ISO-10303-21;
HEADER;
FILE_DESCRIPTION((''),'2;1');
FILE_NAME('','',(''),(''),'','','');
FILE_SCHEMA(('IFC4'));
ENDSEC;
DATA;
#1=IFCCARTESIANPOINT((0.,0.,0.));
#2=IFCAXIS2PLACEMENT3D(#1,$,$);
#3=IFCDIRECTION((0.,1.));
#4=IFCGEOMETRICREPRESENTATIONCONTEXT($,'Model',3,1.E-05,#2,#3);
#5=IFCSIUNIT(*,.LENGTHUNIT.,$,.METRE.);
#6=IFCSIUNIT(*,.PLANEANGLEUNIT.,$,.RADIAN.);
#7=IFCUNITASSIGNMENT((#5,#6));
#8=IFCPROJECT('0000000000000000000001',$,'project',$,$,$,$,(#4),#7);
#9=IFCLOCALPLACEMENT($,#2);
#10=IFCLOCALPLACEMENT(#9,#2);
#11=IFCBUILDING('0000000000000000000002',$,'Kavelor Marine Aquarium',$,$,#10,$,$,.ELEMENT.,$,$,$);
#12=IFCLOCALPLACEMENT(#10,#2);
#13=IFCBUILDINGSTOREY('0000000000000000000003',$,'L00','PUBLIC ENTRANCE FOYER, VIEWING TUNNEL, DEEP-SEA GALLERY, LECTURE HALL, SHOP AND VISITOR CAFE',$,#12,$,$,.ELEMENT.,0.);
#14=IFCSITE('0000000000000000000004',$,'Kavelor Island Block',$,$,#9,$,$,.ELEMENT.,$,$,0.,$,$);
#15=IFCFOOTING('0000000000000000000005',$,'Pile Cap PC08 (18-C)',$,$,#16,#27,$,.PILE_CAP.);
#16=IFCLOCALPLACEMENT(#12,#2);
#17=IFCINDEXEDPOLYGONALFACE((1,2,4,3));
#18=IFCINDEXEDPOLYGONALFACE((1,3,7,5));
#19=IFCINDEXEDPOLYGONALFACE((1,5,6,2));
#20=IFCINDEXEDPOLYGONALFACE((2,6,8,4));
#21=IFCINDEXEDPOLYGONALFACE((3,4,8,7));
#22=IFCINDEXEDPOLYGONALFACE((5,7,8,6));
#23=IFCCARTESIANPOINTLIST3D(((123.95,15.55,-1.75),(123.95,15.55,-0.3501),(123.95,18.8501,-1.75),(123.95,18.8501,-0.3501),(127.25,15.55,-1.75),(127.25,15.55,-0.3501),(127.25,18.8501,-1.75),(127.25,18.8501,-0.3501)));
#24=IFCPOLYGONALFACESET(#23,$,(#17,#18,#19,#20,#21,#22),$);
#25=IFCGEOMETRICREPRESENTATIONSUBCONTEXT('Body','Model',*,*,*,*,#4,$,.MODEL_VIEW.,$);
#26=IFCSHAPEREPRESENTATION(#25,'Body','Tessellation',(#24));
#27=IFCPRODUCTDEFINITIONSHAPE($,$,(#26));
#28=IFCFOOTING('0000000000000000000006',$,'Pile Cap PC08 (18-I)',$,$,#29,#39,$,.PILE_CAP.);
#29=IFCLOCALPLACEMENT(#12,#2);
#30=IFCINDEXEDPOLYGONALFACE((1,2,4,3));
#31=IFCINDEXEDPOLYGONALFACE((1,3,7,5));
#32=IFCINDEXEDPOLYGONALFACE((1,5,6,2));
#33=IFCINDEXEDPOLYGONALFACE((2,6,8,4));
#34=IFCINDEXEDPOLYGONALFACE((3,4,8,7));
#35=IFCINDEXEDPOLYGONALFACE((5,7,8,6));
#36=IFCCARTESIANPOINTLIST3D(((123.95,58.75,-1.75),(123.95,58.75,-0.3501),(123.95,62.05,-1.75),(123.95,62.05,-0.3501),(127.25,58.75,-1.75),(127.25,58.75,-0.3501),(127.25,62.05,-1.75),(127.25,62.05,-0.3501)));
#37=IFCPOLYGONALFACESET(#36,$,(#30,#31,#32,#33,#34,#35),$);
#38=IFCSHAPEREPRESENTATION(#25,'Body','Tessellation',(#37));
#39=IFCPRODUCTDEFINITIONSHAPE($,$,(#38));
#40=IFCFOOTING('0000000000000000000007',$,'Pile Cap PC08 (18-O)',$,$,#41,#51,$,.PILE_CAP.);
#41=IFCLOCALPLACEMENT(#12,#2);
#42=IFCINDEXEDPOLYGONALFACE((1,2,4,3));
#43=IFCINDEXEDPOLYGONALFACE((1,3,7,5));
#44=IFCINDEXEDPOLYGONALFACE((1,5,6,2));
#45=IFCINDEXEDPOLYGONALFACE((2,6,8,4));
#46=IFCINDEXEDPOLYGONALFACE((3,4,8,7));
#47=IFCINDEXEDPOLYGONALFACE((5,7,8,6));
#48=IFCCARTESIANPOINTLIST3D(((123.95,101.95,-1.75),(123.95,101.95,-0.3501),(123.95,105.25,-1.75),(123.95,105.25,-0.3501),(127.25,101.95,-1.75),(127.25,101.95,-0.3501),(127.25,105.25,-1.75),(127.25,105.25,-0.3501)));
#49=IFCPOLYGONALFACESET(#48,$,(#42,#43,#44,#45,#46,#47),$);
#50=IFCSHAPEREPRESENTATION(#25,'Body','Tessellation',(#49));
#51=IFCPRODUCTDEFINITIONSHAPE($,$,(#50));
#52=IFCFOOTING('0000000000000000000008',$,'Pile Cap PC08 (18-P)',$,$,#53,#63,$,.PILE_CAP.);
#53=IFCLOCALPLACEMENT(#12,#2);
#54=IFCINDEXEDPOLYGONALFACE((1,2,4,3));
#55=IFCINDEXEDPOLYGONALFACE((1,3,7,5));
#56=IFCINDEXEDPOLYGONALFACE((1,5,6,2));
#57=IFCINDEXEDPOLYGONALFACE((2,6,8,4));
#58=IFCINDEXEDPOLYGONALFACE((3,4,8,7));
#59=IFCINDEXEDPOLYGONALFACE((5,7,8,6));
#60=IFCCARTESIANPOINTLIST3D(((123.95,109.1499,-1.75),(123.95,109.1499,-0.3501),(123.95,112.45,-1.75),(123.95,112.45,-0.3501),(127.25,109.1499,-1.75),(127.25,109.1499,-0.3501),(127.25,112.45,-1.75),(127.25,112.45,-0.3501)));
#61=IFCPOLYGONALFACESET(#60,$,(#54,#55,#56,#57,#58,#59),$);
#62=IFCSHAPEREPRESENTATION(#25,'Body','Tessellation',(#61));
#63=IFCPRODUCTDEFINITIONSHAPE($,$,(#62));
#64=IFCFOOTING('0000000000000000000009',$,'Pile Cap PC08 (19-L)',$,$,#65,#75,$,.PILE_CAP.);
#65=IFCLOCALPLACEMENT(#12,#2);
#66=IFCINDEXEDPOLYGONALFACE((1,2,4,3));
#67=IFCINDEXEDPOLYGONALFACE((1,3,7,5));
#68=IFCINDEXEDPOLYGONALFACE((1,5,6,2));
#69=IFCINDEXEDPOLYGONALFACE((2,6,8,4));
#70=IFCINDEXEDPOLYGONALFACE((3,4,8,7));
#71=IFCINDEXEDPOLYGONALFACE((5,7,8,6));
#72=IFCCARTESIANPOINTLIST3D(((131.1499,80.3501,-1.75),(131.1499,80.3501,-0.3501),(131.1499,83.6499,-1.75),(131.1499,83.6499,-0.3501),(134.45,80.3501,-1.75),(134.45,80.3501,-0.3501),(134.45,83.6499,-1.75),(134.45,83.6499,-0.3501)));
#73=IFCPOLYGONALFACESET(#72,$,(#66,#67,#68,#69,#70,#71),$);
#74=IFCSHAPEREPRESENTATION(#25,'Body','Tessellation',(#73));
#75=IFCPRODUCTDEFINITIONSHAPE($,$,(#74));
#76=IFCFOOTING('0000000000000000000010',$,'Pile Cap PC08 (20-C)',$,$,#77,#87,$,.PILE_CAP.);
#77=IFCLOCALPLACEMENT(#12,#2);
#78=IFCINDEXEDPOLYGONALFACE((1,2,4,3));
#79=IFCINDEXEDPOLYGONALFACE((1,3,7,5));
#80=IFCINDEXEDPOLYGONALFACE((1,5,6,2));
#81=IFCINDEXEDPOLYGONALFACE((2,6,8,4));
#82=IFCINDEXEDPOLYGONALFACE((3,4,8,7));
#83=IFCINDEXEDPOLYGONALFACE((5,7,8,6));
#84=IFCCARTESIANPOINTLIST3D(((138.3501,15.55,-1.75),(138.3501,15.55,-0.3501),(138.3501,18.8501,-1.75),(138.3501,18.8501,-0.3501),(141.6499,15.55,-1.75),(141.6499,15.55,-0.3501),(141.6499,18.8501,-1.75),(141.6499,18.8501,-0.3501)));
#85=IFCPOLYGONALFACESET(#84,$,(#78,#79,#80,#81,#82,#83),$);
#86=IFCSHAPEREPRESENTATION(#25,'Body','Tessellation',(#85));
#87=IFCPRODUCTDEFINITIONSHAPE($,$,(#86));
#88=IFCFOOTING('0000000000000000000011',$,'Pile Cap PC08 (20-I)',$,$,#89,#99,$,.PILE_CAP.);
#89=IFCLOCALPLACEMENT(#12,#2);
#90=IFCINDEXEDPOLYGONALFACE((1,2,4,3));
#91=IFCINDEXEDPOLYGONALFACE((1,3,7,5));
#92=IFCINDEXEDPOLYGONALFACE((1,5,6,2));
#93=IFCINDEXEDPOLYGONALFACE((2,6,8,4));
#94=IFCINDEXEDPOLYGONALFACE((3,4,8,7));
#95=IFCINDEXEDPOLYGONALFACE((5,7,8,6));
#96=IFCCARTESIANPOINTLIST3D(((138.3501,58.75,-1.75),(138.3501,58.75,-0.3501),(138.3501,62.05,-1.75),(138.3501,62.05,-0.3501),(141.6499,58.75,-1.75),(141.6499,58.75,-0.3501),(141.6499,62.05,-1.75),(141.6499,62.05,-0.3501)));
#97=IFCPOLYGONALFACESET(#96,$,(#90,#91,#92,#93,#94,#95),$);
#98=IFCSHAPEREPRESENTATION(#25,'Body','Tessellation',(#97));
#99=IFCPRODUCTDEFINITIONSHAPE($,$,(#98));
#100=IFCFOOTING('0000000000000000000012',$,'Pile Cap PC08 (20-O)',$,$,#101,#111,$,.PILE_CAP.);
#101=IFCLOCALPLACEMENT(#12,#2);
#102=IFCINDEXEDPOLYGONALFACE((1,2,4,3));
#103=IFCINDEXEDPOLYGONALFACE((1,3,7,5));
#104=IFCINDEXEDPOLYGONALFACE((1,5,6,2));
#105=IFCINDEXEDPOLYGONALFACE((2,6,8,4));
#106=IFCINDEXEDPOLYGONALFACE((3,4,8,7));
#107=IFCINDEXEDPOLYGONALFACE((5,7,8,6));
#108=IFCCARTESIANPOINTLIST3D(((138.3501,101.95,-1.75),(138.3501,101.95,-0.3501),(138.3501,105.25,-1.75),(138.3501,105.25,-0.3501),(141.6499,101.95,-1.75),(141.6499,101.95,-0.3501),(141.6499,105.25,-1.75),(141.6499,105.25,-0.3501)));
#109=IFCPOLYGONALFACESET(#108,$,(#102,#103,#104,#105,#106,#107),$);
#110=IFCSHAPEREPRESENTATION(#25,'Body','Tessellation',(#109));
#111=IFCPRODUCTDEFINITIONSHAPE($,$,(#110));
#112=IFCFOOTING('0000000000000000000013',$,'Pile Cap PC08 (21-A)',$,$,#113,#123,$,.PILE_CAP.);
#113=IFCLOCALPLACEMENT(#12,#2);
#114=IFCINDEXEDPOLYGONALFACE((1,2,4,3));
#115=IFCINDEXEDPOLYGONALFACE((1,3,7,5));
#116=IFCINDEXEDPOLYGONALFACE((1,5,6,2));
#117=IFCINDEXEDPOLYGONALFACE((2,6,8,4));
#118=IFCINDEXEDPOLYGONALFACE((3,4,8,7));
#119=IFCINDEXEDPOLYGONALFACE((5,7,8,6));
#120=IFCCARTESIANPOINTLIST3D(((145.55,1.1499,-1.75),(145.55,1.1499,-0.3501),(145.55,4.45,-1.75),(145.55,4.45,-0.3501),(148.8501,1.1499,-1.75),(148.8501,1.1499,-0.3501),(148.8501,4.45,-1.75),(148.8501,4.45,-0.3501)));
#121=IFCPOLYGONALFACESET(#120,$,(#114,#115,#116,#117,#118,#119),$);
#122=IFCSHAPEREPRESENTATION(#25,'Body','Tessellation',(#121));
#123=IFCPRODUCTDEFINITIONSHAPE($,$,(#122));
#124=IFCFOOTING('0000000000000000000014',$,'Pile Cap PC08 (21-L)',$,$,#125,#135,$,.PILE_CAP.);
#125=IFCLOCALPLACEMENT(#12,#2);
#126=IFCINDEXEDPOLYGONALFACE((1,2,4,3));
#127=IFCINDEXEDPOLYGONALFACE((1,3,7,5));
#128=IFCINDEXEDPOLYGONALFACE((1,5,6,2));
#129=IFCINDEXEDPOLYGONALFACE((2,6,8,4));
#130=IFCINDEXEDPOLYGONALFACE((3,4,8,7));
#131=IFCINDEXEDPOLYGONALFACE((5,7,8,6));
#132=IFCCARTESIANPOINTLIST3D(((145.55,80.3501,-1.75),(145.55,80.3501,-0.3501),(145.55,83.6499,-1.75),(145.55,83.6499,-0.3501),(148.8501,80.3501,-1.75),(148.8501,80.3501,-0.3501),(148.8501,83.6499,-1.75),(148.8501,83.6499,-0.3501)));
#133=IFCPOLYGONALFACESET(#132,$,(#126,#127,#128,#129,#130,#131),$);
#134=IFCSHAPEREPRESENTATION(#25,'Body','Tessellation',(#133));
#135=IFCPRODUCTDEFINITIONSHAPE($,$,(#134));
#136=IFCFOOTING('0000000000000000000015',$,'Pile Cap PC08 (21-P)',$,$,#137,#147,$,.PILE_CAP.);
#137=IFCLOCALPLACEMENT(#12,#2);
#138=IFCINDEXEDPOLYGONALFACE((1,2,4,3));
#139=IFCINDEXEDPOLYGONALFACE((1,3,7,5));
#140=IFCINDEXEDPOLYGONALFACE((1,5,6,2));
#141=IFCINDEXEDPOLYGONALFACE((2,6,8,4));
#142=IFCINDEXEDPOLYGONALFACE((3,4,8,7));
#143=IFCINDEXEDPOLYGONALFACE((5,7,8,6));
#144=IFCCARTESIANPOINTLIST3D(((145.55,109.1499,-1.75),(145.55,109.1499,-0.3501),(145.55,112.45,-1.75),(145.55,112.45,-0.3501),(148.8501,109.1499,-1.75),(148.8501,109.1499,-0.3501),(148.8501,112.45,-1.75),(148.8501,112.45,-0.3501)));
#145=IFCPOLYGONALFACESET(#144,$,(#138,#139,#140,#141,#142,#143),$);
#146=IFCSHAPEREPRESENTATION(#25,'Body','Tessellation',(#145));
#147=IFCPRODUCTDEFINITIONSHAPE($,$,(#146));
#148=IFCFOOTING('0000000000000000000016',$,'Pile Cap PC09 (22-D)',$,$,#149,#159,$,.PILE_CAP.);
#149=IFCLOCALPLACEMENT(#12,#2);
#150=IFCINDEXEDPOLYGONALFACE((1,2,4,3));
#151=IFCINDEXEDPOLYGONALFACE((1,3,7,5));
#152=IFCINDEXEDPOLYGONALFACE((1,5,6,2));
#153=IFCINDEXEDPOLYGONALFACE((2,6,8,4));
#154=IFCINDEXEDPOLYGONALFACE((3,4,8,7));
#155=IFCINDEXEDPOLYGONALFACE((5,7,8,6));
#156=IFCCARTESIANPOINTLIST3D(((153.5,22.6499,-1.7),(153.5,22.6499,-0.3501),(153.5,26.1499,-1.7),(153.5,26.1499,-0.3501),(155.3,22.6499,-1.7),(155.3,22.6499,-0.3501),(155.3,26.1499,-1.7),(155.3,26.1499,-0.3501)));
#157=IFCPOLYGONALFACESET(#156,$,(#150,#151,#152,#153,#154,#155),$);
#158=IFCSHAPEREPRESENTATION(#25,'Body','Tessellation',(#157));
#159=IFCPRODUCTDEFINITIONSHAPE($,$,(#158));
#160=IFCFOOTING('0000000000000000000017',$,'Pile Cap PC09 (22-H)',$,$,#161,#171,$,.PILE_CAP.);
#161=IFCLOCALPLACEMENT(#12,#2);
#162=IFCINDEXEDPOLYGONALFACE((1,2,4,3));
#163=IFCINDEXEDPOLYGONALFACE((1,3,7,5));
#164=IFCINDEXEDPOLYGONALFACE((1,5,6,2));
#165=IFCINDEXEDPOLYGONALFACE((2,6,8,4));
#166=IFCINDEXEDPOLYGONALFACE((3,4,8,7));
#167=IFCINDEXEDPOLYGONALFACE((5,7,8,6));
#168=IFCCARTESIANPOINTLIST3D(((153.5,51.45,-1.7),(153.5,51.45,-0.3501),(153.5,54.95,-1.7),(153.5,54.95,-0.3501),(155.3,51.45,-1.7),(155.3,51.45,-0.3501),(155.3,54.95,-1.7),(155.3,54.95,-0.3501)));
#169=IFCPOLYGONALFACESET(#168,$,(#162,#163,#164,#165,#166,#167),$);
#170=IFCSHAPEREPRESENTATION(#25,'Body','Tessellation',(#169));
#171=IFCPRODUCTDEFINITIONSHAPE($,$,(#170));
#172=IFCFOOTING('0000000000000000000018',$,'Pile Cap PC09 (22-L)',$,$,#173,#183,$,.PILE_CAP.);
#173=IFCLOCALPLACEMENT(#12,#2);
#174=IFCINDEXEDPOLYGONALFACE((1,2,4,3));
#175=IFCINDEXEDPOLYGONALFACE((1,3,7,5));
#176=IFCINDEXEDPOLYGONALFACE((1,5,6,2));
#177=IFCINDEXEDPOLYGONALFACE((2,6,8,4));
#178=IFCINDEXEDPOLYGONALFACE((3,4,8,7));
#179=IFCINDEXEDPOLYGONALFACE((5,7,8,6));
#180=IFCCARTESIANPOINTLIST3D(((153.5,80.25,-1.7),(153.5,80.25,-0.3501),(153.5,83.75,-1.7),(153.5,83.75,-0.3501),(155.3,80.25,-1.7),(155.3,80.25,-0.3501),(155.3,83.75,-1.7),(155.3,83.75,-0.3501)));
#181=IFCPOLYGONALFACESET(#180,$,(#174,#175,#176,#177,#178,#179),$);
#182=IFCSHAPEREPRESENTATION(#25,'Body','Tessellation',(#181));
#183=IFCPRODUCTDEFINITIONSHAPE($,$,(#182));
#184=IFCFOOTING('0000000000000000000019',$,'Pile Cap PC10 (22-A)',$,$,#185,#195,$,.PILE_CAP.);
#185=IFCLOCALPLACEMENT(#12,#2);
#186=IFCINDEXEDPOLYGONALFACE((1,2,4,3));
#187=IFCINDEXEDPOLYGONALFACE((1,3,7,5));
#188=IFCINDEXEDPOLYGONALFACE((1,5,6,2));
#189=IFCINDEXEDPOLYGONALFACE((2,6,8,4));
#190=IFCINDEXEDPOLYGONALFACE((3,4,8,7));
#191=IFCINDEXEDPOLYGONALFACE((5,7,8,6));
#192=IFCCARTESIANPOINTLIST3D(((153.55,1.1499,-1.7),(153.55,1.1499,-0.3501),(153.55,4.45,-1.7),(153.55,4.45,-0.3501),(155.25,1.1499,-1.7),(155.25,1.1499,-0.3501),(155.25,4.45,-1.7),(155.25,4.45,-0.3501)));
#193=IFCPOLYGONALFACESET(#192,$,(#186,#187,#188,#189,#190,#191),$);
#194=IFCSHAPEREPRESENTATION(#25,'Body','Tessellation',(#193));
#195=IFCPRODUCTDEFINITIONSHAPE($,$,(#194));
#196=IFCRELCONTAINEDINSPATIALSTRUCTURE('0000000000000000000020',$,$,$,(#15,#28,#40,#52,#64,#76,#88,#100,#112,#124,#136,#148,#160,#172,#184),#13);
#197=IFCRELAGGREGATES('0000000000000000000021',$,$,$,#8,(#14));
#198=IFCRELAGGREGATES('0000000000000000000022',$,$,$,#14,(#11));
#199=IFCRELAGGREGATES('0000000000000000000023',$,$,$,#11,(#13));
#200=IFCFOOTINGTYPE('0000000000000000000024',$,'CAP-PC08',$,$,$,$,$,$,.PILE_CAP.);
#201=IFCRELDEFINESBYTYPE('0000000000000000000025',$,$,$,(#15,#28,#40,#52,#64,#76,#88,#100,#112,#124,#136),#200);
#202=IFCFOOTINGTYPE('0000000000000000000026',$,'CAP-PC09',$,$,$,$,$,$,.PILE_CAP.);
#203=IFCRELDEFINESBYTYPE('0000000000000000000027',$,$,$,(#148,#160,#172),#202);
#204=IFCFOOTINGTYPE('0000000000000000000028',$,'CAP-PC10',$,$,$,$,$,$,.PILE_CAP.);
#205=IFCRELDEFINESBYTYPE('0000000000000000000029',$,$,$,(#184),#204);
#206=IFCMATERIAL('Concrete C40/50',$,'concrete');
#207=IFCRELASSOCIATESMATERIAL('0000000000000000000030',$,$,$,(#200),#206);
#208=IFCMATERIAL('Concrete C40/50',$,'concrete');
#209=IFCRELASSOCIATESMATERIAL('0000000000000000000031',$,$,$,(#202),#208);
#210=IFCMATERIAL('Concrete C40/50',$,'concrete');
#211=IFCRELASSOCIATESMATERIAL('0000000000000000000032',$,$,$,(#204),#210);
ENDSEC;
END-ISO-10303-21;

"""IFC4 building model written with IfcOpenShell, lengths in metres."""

from ifc_helpers import new_model, si_unit, direction, frame, origin, place, context, subcontext, project, spatial, polyline, outline, extrude, material, type_object, element, save


model = new_model("IFC4")

# Units and contexts
model_context = context("Model", 3, precision=1e-05, world=origin(), true_north=direction((0.0, 1.0)))
body_context = subcontext(model_context, "Body", "Model", "MODEL_VIEW")
ifc_project = project(units=[si_unit("LENGTHUNIT", "METRE"), si_unit("PLANEANGLEUNIT", "RADIAN")], contexts=[model_context])

# Site, building, storey
site_placement = place(None, origin())
site = spatial("IfcSite", under=ifc_project, at=site_placement, Name="Kavelor Island Block", CompositionType="ELEMENT", RefElevation=0.0)
building_placement = place(site_placement, origin())
building = spatial("IfcBuilding", under=site, at=building_placement, Name="Kavelor Marine Aquarium", CompositionType="ELEMENT")
storey_placement = place(building_placement, origin())
storey = spatial("IfcBuildingStorey", under=building, at=storey_placement, Name="L00", Description="PUBLIC ENTRANCE FOYER, VIEWING TUNNEL, DEEP-SEA GALLERY, LECTURE HALL, SHOP AND VISITOR CAFE", CompositionType="ELEMENT", Elevation=0.0)

# Footings
ifc_material_1 = material(Name="Concrete C40/50", Category="concrete")
footing_type_1 = type_object("IfcFootingType", Name="CAP-PC08", PredefinedType="PILE_CAP", material=ifc_material_1)
footing_1_placement = place(storey_placement, frame((0.0, 0.0, -1.75)))
element("IfcFooting", 1, at=footing_1_placement, inside=storey, type_object=footing_type_1, Name="Pile Cap PC08 (18-C)", PredefinedType="PILE_CAP", context=body_context, shape_type="SweptSolid", body=[
    extrude(outline(polyline([(123.95, 15.55), (127.25, 15.55), (127.25, 18.8501), (123.95, 18.8501), (123.95, 15.55)])), origin(), (0.0, 0.0, 1.0), 1.3999),
])
footing_2_placement = place(storey_placement, frame((0.0, 0.0, -1.75)))
element("IfcFooting", 2, at=footing_2_placement, inside=storey, type_object=footing_type_1, Name="Pile Cap PC08 (18-I)", PredefinedType="PILE_CAP", context=body_context, shape_type="SweptSolid", body=[
    extrude(outline(polyline([(123.95, 58.75), (127.25, 58.75), (127.25, 62.05), (123.95, 62.05), (123.95, 58.75)])), origin(), (0.0, 0.0, 1.0), 1.3999),
])
footing_3_placement = place(storey_placement, frame((0.0, 0.0, -1.75)))
element("IfcFooting", 3, at=footing_3_placement, inside=storey, type_object=footing_type_1, Name="Pile Cap PC08 (18-O)", PredefinedType="PILE_CAP", context=body_context, shape_type="SweptSolid", body=[
    extrude(outline(polyline([(123.95, 101.95), (127.25, 101.95), (127.25, 105.25), (123.95, 105.25), (123.95, 101.95)])), origin(), (0.0, 0.0, 1.0), 1.3999),
])
footing_4_placement = place(storey_placement, frame((0.0, 0.0, -1.75)))
element("IfcFooting", 4, at=footing_4_placement, inside=storey, type_object=footing_type_1, Name="Pile Cap PC08 (18-P)", PredefinedType="PILE_CAP", context=body_context, shape_type="SweptSolid", body=[
    extrude(outline(polyline([(123.95, 109.1499), (127.25, 109.1499), (127.25, 112.45), (123.95, 112.45), (123.95, 109.1499)])), origin(), (0.0, 0.0, 1.0), 1.3999),
])
footing_5_placement = place(storey_placement, frame((0.0, 0.0, -1.75)))
element("IfcFooting", 5, at=footing_5_placement, inside=storey, type_object=footing_type_1, Name="Pile Cap PC08 (19-L)", PredefinedType="PILE_CAP", context=body_context, shape_type="SweptSolid", body=[
    extrude(outline(polyline([(131.1499, 80.3501), (134.45, 80.3501), (134.45, 83.6499), (131.1499, 83.6499), (131.1499, 80.3501)])), origin(), (0.0, 0.0, 1.0), 1.3999),
])
footing_6_placement = place(storey_placement, frame((0.0, 0.0, -1.75)))
element("IfcFooting", 6, at=footing_6_placement, inside=storey, type_object=footing_type_1, Name="Pile Cap PC08 (20-C)", PredefinedType="PILE_CAP", context=body_context, shape_type="SweptSolid", body=[
    extrude(outline(polyline([(138.3501, 15.55), (141.6499, 15.55), (141.6499, 18.8501), (138.3501, 18.8501), (138.3501, 15.55)])), origin(), (0.0, 0.0, 1.0), 1.3999),
])
footing_7_placement = place(storey_placement, frame((0.0, 0.0, -1.75)))
element("IfcFooting", 7, at=footing_7_placement, inside=storey, type_object=footing_type_1, Name="Pile Cap PC08 (20-I)", PredefinedType="PILE_CAP", context=body_context, shape_type="SweptSolid", body=[
    extrude(outline(polyline([(138.3501, 58.75), (141.6499, 58.75), (141.6499, 62.05), (138.3501, 62.05), (138.3501, 58.75)])), origin(), (0.0, 0.0, 1.0), 1.3999),
])
footing_8_placement = place(storey_placement, frame((0.0, 0.0, -1.75)))
element("IfcFooting", 8, at=footing_8_placement, inside=storey, type_object=footing_type_1, Name="Pile Cap PC08 (20-O)", PredefinedType="PILE_CAP", context=body_context, shape_type="SweptSolid", body=[
    extrude(outline(polyline([(138.3501, 101.95), (141.6499, 101.95), (141.6499, 105.25), (138.3501, 105.25), (138.3501, 101.95)])), origin(), (0.0, 0.0, 1.0), 1.3999),
])
footing_9_placement = place(storey_placement, frame((0.0, 0.0, -1.75)))
element("IfcFooting", 9, at=footing_9_placement, inside=storey, type_object=footing_type_1, Name="Pile Cap PC08 (21-A)", PredefinedType="PILE_CAP", context=body_context, shape_type="SweptSolid", body=[
    extrude(outline(polyline([(145.55, 1.1499), (148.8501, 1.1499), (148.8501, 4.45), (145.55, 4.45), (145.55, 1.1499)])), origin(), (0.0, 0.0, 1.0), 1.3999),
])
footing_10_placement = place(storey_placement, frame((0.0, 0.0, -1.75)))
element("IfcFooting", 10, at=footing_10_placement, inside=storey, type_object=footing_type_1, Name="Pile Cap PC08 (21-L)", PredefinedType="PILE_CAP", context=body_context, shape_type="SweptSolid", body=[
    extrude(outline(polyline([(145.55, 80.3501), (148.8501, 80.3501), (148.8501, 83.6499), (145.55, 83.6499), (145.55, 80.3501)])), origin(), (0.0, 0.0, 1.0), 1.3999),
])
footing_11_placement = place(storey_placement, frame((0.0, 0.0, -1.75)))
element("IfcFooting", 11, at=footing_11_placement, inside=storey, type_object=footing_type_1, Name="Pile Cap PC08 (21-P)", PredefinedType="PILE_CAP", context=body_context, shape_type="SweptSolid", body=[
    extrude(outline(polyline([(145.55, 109.1499), (148.8501, 109.1499), (148.8501, 112.45), (145.55, 112.45), (145.55, 109.1499)])), origin(), (0.0, 0.0, 1.0), 1.3999),
])
ifc_material_2 = material(Name="Concrete C40/50", Category="concrete")
footing_type_2 = type_object("IfcFootingType", Name="CAP-PC09", PredefinedType="PILE_CAP", material=ifc_material_2)
footing_12_placement = place(storey_placement, frame((0.0, 0.0, -1.7)))
element("IfcFooting", 12, at=footing_12_placement, inside=storey, type_object=footing_type_2, Name="Pile Cap PC09 (22-D)", PredefinedType="PILE_CAP", context=body_context, shape_type="SweptSolid", body=[
    extrude(outline(polyline([(153.5, 22.6499), (155.3, 22.6499), (155.3, 26.1499), (153.5, 26.1499), (153.5, 22.6499)])), origin(), (0.0, 0.0, 1.0), 1.3499),
])
footing_13_placement = place(storey_placement, frame((0.0, 0.0, -1.7)))
element("IfcFooting", 13, at=footing_13_placement, inside=storey, type_object=footing_type_2, Name="Pile Cap PC09 (22-H)", PredefinedType="PILE_CAP", context=body_context, shape_type="SweptSolid", body=[
    extrude(outline(polyline([(153.5, 51.45), (155.3, 51.45), (155.3, 54.95), (153.5, 54.95), (153.5, 51.45)])), origin(), (0.0, 0.0, 1.0), 1.3499),
])
footing_14_placement = place(storey_placement, frame((0.0, 0.0, -1.7)))
element("IfcFooting", 14, at=footing_14_placement, inside=storey, type_object=footing_type_2, Name="Pile Cap PC09 (22-L)", PredefinedType="PILE_CAP", context=body_context, shape_type="SweptSolid", body=[
    extrude(outline(polyline([(153.5, 80.25), (155.3, 80.25), (155.3, 83.75), (153.5, 83.75), (153.5, 80.25)])), origin(), (0.0, 0.0, 1.0), 1.3499),
])
ifc_material_3 = material(Name="Concrete C40/50", Category="concrete")
footing_type_3 = type_object("IfcFootingType", Name="CAP-PC10", PredefinedType="PILE_CAP", material=ifc_material_3)
footing_15_placement = place(storey_placement, frame((0.0, 0.0, -1.7)))
element("IfcFooting", 15, at=footing_15_placement, inside=storey, type_object=footing_type_3, Name="Pile Cap PC10 (22-A)", PredefinedType="PILE_CAP", context=body_context, shape_type="SweptSolid", body=[
    extrude(outline(polyline([(153.55, 1.1499), (155.25, 1.1499), (155.25, 4.45), (153.55, 4.45), (153.55, 1.1499)])), origin(), (0.0, 0.0, 1.0), 1.3499),
])

save(model, "model.ifc")
